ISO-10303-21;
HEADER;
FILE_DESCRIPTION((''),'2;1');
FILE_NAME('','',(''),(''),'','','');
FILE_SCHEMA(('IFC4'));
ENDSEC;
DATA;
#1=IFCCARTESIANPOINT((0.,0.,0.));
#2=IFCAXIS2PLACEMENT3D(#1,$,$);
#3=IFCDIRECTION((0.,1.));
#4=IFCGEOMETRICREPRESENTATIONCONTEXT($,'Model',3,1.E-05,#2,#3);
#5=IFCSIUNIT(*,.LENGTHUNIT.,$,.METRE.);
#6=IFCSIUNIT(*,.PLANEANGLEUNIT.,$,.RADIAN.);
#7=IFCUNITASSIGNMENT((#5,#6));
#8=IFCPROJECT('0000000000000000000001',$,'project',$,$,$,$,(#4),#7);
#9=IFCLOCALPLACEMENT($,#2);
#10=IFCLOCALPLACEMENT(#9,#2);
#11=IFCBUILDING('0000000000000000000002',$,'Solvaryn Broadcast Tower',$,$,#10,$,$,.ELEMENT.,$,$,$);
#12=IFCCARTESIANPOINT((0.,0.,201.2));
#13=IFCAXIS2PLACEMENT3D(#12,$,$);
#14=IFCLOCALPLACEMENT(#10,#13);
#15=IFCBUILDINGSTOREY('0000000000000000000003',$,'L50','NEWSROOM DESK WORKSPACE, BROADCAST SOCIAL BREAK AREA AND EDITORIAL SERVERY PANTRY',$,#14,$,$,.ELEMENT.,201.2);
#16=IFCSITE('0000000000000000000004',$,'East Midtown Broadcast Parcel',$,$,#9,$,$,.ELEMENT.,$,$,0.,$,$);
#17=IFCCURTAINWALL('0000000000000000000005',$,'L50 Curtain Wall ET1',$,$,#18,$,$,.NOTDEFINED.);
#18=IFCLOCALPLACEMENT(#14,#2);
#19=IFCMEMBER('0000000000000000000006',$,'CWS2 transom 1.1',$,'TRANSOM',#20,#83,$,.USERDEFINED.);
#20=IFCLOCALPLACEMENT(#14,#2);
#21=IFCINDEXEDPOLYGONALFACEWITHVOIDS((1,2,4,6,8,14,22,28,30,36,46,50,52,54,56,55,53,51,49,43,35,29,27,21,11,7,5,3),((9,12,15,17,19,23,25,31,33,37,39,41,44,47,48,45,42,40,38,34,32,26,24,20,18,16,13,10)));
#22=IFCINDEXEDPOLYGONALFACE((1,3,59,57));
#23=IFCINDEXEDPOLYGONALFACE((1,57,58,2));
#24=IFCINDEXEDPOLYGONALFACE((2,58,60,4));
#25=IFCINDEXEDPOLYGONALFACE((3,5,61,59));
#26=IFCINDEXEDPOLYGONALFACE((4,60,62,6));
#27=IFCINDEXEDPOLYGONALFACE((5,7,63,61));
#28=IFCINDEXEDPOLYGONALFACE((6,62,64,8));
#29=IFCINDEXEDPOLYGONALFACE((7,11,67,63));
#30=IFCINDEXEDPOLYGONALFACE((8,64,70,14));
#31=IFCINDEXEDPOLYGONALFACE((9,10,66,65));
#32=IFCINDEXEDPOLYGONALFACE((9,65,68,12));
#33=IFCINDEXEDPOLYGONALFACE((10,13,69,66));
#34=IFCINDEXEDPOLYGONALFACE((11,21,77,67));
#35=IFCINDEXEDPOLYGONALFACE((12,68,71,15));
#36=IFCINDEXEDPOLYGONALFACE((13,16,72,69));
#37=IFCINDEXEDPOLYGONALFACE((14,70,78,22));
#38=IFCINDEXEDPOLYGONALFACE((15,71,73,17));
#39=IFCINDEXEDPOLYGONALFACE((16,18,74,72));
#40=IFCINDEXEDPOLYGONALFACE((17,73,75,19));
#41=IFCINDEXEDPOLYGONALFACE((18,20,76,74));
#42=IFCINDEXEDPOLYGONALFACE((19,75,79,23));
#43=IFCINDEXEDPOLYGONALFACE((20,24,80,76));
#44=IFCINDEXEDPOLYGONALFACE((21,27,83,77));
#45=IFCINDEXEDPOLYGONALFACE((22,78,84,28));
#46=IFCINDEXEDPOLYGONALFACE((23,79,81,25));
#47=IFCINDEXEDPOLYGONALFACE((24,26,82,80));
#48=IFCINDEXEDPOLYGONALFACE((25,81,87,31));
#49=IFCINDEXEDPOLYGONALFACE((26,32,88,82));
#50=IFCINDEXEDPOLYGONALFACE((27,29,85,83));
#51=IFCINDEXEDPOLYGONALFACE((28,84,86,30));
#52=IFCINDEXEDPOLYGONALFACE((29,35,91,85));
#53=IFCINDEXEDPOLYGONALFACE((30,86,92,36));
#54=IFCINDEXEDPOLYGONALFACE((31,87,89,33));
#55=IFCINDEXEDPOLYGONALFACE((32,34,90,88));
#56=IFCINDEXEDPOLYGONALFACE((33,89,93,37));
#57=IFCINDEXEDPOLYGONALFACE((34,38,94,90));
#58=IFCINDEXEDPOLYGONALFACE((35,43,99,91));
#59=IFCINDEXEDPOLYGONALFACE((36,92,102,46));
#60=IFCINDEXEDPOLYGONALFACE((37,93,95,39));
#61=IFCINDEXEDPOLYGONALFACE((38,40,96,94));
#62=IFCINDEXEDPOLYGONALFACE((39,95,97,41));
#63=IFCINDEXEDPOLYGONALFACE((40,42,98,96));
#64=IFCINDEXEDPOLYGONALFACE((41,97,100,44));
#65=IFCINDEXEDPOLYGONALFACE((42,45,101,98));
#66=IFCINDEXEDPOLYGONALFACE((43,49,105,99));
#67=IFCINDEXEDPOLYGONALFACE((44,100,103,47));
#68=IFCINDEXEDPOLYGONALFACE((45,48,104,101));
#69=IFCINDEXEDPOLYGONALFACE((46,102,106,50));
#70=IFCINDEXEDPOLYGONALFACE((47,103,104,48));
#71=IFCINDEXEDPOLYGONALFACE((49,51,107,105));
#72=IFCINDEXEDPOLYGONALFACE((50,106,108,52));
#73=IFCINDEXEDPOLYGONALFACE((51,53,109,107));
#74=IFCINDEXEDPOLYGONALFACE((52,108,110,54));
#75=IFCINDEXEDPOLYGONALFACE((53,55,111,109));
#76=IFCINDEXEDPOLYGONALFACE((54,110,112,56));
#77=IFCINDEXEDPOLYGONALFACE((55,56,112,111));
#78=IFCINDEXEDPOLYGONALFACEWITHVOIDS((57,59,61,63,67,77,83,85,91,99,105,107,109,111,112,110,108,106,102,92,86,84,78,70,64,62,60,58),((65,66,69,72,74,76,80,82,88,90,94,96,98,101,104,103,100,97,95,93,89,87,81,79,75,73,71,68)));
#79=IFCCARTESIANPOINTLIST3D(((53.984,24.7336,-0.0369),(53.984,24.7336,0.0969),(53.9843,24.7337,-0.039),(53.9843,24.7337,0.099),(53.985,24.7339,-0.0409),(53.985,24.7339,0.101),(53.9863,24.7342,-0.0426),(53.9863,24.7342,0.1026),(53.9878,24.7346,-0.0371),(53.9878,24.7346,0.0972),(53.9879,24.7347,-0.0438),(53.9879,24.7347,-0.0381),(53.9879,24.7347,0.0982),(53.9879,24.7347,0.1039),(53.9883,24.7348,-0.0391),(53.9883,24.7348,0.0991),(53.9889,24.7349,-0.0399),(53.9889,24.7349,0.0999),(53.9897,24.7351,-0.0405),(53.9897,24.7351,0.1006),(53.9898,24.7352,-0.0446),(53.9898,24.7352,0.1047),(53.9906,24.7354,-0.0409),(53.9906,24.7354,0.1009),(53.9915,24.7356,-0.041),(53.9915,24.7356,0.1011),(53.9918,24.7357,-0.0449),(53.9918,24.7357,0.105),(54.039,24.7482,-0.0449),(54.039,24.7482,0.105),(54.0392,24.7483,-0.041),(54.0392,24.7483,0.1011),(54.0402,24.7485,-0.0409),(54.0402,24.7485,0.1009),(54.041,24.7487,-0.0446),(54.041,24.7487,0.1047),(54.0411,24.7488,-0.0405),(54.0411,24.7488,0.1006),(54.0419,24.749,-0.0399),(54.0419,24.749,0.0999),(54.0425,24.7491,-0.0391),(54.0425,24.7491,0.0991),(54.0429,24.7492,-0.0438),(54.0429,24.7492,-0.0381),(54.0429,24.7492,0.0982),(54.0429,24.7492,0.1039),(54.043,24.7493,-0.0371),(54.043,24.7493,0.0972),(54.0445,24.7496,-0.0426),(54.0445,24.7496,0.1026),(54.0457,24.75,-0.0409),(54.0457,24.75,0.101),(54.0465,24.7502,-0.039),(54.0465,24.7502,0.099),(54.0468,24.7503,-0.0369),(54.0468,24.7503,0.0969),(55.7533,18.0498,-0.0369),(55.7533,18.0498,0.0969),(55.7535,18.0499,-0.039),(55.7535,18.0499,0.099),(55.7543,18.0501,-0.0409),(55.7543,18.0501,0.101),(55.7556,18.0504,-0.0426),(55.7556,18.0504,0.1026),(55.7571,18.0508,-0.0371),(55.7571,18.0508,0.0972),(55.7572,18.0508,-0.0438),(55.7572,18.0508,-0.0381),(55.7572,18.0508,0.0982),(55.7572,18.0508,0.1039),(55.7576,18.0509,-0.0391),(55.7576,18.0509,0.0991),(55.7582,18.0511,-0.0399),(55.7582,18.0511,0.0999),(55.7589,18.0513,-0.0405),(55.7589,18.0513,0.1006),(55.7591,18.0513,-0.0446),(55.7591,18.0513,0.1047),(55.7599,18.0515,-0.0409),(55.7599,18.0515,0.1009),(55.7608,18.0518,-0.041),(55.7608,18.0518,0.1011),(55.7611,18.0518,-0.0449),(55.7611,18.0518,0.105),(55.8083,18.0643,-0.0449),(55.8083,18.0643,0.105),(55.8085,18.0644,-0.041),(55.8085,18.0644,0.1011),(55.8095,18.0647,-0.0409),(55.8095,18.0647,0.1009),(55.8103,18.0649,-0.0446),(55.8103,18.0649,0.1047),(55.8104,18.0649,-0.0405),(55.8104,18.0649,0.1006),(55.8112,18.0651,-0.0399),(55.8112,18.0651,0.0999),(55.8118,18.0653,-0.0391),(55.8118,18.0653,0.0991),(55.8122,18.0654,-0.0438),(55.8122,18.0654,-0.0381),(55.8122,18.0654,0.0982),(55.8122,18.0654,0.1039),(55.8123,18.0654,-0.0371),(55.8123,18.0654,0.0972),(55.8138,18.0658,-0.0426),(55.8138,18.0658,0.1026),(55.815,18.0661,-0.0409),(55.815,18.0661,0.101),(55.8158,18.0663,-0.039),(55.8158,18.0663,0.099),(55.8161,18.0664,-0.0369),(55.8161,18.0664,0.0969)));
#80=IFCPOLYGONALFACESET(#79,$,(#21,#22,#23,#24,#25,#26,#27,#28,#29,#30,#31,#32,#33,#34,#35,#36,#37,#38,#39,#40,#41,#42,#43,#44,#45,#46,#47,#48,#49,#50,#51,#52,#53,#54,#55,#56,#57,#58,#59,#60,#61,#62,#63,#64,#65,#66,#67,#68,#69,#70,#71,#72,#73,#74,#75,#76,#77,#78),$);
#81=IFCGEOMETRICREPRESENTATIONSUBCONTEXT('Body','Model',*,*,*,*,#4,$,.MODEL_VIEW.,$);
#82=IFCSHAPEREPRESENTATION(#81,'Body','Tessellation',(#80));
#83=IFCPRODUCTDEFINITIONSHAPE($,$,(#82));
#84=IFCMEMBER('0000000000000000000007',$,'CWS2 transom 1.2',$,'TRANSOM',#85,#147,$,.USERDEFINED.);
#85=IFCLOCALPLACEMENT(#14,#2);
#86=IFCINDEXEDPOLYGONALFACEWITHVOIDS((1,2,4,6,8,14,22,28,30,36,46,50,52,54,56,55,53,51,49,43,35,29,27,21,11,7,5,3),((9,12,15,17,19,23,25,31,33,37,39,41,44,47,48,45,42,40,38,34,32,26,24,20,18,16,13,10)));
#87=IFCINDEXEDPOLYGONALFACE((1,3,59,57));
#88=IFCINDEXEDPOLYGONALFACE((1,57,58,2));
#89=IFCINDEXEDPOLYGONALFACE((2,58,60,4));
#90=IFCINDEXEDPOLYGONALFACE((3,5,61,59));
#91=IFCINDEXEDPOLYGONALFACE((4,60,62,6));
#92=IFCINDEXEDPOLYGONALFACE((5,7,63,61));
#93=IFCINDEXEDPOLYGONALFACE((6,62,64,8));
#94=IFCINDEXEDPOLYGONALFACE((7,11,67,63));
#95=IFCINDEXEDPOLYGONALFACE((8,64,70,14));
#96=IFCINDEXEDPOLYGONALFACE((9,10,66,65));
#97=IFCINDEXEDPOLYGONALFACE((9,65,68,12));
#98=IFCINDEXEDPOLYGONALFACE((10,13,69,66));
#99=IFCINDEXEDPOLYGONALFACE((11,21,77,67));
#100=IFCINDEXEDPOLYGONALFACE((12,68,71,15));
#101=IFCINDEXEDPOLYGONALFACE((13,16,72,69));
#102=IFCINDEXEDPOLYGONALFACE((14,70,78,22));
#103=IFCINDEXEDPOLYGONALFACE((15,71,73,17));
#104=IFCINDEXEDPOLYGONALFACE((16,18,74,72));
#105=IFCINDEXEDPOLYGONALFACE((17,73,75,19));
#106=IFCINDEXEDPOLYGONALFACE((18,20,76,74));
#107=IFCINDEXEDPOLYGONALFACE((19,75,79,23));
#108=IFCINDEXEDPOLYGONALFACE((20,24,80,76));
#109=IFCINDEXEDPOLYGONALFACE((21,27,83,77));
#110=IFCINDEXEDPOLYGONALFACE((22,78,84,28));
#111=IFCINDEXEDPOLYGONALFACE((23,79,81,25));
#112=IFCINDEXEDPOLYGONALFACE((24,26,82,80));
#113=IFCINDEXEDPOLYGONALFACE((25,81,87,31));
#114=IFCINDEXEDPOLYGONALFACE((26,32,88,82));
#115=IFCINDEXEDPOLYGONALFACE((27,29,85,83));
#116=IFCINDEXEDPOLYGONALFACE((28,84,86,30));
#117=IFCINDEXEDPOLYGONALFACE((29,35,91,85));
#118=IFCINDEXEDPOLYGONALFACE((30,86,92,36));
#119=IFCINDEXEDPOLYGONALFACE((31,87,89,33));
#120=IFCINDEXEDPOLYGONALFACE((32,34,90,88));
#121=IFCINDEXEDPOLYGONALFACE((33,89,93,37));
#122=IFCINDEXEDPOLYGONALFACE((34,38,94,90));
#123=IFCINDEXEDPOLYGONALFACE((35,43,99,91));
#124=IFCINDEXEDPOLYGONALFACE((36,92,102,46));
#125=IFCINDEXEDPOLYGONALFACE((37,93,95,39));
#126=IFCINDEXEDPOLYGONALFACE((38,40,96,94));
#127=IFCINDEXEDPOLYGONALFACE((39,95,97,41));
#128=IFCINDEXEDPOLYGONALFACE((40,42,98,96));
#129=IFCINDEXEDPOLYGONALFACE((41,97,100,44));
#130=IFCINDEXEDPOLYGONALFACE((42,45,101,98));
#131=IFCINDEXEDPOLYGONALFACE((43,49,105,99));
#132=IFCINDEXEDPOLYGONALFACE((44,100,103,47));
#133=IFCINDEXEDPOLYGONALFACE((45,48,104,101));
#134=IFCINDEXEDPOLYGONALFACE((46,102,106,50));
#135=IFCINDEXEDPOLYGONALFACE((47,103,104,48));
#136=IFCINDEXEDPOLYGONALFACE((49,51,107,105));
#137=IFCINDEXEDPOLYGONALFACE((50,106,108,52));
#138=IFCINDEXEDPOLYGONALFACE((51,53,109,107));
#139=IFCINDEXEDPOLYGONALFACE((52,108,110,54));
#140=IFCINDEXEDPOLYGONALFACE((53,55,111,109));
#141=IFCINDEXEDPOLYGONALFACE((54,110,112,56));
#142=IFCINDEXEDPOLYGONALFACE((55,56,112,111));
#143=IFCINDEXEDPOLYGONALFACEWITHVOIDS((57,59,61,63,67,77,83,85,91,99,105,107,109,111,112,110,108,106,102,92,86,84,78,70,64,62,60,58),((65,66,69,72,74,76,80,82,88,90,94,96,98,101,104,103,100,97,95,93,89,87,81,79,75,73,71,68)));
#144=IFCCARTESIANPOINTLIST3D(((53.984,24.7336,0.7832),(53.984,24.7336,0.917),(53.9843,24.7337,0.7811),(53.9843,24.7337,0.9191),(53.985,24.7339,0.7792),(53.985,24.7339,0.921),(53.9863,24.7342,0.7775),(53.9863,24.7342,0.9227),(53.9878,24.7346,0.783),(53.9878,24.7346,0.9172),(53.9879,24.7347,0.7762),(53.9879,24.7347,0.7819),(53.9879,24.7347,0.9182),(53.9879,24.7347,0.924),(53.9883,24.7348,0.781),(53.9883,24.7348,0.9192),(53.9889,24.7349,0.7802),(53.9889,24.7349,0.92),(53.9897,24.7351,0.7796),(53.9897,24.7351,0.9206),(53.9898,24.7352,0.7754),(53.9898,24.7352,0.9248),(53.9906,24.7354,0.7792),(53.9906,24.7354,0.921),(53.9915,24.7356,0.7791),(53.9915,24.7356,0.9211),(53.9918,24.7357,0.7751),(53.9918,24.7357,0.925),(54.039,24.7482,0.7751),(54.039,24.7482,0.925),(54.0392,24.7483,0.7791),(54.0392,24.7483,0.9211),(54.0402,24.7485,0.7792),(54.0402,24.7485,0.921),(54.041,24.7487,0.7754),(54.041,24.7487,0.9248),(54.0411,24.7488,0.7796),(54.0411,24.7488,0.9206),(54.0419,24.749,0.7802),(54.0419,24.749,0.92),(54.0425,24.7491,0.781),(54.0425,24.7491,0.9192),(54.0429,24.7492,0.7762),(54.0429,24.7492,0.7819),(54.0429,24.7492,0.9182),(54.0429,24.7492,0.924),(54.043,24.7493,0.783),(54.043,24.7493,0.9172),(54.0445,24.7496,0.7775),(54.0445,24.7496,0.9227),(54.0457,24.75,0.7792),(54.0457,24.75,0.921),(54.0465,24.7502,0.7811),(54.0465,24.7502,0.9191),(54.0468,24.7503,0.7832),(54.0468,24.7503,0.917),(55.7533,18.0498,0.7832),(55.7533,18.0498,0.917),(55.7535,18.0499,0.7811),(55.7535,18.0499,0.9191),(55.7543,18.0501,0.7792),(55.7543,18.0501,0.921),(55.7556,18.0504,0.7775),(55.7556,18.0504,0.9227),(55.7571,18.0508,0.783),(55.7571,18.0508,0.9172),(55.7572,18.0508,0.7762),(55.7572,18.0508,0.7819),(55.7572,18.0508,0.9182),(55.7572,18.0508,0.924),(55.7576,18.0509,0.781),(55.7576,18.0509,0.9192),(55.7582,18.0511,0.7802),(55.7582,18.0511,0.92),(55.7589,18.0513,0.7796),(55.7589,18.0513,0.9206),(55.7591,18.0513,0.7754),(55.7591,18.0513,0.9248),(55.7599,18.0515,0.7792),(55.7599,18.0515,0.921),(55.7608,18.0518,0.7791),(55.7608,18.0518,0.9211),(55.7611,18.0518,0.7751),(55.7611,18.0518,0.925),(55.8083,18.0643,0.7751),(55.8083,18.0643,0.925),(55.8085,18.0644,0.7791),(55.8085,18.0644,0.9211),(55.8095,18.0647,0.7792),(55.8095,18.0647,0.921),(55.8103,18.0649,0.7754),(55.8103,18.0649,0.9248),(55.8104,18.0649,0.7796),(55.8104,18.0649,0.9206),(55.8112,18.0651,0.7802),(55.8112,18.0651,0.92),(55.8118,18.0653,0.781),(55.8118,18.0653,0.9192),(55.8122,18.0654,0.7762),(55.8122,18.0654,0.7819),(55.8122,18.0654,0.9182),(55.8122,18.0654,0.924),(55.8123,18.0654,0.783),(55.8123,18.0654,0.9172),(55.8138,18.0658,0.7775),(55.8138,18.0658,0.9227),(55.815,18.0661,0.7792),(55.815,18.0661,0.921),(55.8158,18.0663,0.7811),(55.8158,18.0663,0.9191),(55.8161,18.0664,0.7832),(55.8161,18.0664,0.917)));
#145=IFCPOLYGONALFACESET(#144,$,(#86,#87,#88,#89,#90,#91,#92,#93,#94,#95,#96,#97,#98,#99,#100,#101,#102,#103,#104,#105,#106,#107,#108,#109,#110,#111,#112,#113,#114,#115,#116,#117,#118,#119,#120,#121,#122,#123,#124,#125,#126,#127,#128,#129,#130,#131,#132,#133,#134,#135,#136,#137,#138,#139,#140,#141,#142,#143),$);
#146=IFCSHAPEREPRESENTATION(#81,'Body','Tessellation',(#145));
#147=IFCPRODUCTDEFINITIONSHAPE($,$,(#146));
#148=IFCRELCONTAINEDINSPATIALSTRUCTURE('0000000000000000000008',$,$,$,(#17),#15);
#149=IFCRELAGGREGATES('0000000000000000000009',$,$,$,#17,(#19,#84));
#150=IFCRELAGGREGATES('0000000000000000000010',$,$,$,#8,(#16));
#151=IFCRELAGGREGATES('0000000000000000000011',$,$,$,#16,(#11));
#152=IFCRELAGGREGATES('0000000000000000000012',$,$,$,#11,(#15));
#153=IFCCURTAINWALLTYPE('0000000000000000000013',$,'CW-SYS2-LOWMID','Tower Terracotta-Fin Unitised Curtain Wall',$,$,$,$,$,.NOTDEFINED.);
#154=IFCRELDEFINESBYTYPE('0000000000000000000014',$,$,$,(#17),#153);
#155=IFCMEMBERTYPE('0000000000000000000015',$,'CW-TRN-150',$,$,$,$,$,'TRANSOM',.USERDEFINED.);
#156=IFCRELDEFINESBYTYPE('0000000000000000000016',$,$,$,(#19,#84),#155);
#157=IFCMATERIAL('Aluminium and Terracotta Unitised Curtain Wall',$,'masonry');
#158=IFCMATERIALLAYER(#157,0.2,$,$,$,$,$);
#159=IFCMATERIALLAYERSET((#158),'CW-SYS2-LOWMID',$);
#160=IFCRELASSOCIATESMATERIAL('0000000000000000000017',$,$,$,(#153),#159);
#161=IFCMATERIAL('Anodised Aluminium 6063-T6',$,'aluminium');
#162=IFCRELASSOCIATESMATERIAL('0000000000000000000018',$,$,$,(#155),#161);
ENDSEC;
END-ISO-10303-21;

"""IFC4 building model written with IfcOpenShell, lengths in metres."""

from ifc_helpers import new_model, si_unit, direction, frame, origin, origin_2d, place, context, subcontext, project, spatial, hollow_rectangle, extrude, material, layer, layer_set, material_profile, profile_set, type_object, element, aggregate, save


model = new_model("IFC4")

# Units and contexts
model_context = context("Model", 3, precision=1e-05, world=origin(), true_north=direction((0.0, 1.0)))
body_context = subcontext(model_context, "Body", "Model", "MODEL_VIEW")
ifc_project = project(units=[si_unit("LENGTHUNIT", "METRE"), si_unit("PLANEANGLEUNIT", "RADIAN")], contexts=[model_context])

# Site, building, storey
site_placement = place(None, origin())
site = spatial("IfcSite", under=ifc_project, at=site_placement, Name="East Midtown Broadcast Parcel", CompositionType="ELEMENT", RefElevation=0.0)
building_placement = place(site_placement, origin())
building = spatial("IfcBuilding", under=site, at=building_placement, Name="Solvaryn Broadcast Tower", CompositionType="ELEMENT")
storey_placement = place(building_placement, frame((0.0, 0.0, 201.2)))
storey = spatial("IfcBuildingStorey", under=building, at=storey_placement, Name="L50", Description="NEWSROOM DESK WORKSPACE, BROADCAST SOCIAL BREAK AREA AND EDITORIAL SERVERY PANTRY", CompositionType="ELEMENT", Elevation=201.2)

# Curtain wall
ifc_material_1 = material(Name="Aluminium and Terracotta Unitised Curtain Wall", Category="masonry")
ifc_layer_1 = layer(ifc_material_1, 0.2)
ifc_layer_set_1 = layer_set([ifc_layer_1], Name="CW-SYS2-LOWMID")
curtain_wall_type = type_object("IfcCurtainWallType", Name="CW-SYS2-LOWMID", Description="Tower Terracotta-Fin Unitised Curtain Wall", PredefinedType="NOTDEFINED", material=ifc_layer_set_1)
curtain_wall_1_placement = place(storey_placement, origin())
curtain_wall_1 = element("IfcCurtainWall", 1, at=curtain_wall_1_placement, inside=storey, type_object=curtain_wall_type, Name="L50 Curtain Wall ET1", PredefinedType="NOTDEFINED")

# Members
ifc_material_2 = material(Name="Anodised Aluminium 6063-T6", Category="aluminium")
ifc_material_profile_1 = material_profile(ifc_material_2, hollow_rectangle(XDim=0.0649, YDim=0.1499, WallThickness=0.0039, InnerFilletRadius=0.0039, OuterFilletRadius=0.0081, at=origin_2d()))
ifc_profile_set_1 = profile_set([ifc_material_profile_1], Name="Anodised Aluminium 6063-T6")
member_type_1 = type_object("IfcMemberType", Name="CW-TRN-150", ElementType="TRANSOM", PredefinedType="USERDEFINED", material=ifc_profile_set_1)
member_1_placement = place(storey_placement, frame((54.0154, 24.7419, 0.03), z_axis=(0.255897, -0.966704, 0.0), x_axis=(0.966704, 0.255897, 0.0)))
member_1 = element("IfcMember", 2, at=member_1_placement, type_object=member_type_1, Name="CWS2 transom 1.1", ObjectType="TRANSOM", PredefinedType="USERDEFINED", context=body_context, shape_type="SweptSolid", body=[
    extrude(hollow_rectangle(XDim=0.0649, YDim=0.1499, WallThickness=0.0039, InnerFilletRadius=0.0039, OuterFilletRadius=0.0081, at=origin_2d()), origin(), (0.0, 0.0, 1.0), 6.9141),
])
member_2_placement = place(storey_placement, frame((54.0154, 24.7419, 0.8501), z_axis=(0.255897, -0.966704, 0.0), x_axis=(0.966704, 0.255897, 0.0)))
member_2 = element("IfcMember", 3, at=member_2_placement, type_object=member_type_1, Name="CWS2 transom 1.2", ObjectType="TRANSOM", PredefinedType="USERDEFINED", context=body_context, shape_type="SweptSolid", body=[
    extrude(hollow_rectangle(XDim=0.0649, YDim=0.1499, WallThickness=0.0039, InnerFilletRadius=0.0039, OuterFilletRadius=0.0081, at=origin_2d()), origin(), (0.0, 0.0, 1.0), 6.9141),
])

aggregate(curtain_wall_1, [member_1, member_2])

save(model, "model.ifc")
